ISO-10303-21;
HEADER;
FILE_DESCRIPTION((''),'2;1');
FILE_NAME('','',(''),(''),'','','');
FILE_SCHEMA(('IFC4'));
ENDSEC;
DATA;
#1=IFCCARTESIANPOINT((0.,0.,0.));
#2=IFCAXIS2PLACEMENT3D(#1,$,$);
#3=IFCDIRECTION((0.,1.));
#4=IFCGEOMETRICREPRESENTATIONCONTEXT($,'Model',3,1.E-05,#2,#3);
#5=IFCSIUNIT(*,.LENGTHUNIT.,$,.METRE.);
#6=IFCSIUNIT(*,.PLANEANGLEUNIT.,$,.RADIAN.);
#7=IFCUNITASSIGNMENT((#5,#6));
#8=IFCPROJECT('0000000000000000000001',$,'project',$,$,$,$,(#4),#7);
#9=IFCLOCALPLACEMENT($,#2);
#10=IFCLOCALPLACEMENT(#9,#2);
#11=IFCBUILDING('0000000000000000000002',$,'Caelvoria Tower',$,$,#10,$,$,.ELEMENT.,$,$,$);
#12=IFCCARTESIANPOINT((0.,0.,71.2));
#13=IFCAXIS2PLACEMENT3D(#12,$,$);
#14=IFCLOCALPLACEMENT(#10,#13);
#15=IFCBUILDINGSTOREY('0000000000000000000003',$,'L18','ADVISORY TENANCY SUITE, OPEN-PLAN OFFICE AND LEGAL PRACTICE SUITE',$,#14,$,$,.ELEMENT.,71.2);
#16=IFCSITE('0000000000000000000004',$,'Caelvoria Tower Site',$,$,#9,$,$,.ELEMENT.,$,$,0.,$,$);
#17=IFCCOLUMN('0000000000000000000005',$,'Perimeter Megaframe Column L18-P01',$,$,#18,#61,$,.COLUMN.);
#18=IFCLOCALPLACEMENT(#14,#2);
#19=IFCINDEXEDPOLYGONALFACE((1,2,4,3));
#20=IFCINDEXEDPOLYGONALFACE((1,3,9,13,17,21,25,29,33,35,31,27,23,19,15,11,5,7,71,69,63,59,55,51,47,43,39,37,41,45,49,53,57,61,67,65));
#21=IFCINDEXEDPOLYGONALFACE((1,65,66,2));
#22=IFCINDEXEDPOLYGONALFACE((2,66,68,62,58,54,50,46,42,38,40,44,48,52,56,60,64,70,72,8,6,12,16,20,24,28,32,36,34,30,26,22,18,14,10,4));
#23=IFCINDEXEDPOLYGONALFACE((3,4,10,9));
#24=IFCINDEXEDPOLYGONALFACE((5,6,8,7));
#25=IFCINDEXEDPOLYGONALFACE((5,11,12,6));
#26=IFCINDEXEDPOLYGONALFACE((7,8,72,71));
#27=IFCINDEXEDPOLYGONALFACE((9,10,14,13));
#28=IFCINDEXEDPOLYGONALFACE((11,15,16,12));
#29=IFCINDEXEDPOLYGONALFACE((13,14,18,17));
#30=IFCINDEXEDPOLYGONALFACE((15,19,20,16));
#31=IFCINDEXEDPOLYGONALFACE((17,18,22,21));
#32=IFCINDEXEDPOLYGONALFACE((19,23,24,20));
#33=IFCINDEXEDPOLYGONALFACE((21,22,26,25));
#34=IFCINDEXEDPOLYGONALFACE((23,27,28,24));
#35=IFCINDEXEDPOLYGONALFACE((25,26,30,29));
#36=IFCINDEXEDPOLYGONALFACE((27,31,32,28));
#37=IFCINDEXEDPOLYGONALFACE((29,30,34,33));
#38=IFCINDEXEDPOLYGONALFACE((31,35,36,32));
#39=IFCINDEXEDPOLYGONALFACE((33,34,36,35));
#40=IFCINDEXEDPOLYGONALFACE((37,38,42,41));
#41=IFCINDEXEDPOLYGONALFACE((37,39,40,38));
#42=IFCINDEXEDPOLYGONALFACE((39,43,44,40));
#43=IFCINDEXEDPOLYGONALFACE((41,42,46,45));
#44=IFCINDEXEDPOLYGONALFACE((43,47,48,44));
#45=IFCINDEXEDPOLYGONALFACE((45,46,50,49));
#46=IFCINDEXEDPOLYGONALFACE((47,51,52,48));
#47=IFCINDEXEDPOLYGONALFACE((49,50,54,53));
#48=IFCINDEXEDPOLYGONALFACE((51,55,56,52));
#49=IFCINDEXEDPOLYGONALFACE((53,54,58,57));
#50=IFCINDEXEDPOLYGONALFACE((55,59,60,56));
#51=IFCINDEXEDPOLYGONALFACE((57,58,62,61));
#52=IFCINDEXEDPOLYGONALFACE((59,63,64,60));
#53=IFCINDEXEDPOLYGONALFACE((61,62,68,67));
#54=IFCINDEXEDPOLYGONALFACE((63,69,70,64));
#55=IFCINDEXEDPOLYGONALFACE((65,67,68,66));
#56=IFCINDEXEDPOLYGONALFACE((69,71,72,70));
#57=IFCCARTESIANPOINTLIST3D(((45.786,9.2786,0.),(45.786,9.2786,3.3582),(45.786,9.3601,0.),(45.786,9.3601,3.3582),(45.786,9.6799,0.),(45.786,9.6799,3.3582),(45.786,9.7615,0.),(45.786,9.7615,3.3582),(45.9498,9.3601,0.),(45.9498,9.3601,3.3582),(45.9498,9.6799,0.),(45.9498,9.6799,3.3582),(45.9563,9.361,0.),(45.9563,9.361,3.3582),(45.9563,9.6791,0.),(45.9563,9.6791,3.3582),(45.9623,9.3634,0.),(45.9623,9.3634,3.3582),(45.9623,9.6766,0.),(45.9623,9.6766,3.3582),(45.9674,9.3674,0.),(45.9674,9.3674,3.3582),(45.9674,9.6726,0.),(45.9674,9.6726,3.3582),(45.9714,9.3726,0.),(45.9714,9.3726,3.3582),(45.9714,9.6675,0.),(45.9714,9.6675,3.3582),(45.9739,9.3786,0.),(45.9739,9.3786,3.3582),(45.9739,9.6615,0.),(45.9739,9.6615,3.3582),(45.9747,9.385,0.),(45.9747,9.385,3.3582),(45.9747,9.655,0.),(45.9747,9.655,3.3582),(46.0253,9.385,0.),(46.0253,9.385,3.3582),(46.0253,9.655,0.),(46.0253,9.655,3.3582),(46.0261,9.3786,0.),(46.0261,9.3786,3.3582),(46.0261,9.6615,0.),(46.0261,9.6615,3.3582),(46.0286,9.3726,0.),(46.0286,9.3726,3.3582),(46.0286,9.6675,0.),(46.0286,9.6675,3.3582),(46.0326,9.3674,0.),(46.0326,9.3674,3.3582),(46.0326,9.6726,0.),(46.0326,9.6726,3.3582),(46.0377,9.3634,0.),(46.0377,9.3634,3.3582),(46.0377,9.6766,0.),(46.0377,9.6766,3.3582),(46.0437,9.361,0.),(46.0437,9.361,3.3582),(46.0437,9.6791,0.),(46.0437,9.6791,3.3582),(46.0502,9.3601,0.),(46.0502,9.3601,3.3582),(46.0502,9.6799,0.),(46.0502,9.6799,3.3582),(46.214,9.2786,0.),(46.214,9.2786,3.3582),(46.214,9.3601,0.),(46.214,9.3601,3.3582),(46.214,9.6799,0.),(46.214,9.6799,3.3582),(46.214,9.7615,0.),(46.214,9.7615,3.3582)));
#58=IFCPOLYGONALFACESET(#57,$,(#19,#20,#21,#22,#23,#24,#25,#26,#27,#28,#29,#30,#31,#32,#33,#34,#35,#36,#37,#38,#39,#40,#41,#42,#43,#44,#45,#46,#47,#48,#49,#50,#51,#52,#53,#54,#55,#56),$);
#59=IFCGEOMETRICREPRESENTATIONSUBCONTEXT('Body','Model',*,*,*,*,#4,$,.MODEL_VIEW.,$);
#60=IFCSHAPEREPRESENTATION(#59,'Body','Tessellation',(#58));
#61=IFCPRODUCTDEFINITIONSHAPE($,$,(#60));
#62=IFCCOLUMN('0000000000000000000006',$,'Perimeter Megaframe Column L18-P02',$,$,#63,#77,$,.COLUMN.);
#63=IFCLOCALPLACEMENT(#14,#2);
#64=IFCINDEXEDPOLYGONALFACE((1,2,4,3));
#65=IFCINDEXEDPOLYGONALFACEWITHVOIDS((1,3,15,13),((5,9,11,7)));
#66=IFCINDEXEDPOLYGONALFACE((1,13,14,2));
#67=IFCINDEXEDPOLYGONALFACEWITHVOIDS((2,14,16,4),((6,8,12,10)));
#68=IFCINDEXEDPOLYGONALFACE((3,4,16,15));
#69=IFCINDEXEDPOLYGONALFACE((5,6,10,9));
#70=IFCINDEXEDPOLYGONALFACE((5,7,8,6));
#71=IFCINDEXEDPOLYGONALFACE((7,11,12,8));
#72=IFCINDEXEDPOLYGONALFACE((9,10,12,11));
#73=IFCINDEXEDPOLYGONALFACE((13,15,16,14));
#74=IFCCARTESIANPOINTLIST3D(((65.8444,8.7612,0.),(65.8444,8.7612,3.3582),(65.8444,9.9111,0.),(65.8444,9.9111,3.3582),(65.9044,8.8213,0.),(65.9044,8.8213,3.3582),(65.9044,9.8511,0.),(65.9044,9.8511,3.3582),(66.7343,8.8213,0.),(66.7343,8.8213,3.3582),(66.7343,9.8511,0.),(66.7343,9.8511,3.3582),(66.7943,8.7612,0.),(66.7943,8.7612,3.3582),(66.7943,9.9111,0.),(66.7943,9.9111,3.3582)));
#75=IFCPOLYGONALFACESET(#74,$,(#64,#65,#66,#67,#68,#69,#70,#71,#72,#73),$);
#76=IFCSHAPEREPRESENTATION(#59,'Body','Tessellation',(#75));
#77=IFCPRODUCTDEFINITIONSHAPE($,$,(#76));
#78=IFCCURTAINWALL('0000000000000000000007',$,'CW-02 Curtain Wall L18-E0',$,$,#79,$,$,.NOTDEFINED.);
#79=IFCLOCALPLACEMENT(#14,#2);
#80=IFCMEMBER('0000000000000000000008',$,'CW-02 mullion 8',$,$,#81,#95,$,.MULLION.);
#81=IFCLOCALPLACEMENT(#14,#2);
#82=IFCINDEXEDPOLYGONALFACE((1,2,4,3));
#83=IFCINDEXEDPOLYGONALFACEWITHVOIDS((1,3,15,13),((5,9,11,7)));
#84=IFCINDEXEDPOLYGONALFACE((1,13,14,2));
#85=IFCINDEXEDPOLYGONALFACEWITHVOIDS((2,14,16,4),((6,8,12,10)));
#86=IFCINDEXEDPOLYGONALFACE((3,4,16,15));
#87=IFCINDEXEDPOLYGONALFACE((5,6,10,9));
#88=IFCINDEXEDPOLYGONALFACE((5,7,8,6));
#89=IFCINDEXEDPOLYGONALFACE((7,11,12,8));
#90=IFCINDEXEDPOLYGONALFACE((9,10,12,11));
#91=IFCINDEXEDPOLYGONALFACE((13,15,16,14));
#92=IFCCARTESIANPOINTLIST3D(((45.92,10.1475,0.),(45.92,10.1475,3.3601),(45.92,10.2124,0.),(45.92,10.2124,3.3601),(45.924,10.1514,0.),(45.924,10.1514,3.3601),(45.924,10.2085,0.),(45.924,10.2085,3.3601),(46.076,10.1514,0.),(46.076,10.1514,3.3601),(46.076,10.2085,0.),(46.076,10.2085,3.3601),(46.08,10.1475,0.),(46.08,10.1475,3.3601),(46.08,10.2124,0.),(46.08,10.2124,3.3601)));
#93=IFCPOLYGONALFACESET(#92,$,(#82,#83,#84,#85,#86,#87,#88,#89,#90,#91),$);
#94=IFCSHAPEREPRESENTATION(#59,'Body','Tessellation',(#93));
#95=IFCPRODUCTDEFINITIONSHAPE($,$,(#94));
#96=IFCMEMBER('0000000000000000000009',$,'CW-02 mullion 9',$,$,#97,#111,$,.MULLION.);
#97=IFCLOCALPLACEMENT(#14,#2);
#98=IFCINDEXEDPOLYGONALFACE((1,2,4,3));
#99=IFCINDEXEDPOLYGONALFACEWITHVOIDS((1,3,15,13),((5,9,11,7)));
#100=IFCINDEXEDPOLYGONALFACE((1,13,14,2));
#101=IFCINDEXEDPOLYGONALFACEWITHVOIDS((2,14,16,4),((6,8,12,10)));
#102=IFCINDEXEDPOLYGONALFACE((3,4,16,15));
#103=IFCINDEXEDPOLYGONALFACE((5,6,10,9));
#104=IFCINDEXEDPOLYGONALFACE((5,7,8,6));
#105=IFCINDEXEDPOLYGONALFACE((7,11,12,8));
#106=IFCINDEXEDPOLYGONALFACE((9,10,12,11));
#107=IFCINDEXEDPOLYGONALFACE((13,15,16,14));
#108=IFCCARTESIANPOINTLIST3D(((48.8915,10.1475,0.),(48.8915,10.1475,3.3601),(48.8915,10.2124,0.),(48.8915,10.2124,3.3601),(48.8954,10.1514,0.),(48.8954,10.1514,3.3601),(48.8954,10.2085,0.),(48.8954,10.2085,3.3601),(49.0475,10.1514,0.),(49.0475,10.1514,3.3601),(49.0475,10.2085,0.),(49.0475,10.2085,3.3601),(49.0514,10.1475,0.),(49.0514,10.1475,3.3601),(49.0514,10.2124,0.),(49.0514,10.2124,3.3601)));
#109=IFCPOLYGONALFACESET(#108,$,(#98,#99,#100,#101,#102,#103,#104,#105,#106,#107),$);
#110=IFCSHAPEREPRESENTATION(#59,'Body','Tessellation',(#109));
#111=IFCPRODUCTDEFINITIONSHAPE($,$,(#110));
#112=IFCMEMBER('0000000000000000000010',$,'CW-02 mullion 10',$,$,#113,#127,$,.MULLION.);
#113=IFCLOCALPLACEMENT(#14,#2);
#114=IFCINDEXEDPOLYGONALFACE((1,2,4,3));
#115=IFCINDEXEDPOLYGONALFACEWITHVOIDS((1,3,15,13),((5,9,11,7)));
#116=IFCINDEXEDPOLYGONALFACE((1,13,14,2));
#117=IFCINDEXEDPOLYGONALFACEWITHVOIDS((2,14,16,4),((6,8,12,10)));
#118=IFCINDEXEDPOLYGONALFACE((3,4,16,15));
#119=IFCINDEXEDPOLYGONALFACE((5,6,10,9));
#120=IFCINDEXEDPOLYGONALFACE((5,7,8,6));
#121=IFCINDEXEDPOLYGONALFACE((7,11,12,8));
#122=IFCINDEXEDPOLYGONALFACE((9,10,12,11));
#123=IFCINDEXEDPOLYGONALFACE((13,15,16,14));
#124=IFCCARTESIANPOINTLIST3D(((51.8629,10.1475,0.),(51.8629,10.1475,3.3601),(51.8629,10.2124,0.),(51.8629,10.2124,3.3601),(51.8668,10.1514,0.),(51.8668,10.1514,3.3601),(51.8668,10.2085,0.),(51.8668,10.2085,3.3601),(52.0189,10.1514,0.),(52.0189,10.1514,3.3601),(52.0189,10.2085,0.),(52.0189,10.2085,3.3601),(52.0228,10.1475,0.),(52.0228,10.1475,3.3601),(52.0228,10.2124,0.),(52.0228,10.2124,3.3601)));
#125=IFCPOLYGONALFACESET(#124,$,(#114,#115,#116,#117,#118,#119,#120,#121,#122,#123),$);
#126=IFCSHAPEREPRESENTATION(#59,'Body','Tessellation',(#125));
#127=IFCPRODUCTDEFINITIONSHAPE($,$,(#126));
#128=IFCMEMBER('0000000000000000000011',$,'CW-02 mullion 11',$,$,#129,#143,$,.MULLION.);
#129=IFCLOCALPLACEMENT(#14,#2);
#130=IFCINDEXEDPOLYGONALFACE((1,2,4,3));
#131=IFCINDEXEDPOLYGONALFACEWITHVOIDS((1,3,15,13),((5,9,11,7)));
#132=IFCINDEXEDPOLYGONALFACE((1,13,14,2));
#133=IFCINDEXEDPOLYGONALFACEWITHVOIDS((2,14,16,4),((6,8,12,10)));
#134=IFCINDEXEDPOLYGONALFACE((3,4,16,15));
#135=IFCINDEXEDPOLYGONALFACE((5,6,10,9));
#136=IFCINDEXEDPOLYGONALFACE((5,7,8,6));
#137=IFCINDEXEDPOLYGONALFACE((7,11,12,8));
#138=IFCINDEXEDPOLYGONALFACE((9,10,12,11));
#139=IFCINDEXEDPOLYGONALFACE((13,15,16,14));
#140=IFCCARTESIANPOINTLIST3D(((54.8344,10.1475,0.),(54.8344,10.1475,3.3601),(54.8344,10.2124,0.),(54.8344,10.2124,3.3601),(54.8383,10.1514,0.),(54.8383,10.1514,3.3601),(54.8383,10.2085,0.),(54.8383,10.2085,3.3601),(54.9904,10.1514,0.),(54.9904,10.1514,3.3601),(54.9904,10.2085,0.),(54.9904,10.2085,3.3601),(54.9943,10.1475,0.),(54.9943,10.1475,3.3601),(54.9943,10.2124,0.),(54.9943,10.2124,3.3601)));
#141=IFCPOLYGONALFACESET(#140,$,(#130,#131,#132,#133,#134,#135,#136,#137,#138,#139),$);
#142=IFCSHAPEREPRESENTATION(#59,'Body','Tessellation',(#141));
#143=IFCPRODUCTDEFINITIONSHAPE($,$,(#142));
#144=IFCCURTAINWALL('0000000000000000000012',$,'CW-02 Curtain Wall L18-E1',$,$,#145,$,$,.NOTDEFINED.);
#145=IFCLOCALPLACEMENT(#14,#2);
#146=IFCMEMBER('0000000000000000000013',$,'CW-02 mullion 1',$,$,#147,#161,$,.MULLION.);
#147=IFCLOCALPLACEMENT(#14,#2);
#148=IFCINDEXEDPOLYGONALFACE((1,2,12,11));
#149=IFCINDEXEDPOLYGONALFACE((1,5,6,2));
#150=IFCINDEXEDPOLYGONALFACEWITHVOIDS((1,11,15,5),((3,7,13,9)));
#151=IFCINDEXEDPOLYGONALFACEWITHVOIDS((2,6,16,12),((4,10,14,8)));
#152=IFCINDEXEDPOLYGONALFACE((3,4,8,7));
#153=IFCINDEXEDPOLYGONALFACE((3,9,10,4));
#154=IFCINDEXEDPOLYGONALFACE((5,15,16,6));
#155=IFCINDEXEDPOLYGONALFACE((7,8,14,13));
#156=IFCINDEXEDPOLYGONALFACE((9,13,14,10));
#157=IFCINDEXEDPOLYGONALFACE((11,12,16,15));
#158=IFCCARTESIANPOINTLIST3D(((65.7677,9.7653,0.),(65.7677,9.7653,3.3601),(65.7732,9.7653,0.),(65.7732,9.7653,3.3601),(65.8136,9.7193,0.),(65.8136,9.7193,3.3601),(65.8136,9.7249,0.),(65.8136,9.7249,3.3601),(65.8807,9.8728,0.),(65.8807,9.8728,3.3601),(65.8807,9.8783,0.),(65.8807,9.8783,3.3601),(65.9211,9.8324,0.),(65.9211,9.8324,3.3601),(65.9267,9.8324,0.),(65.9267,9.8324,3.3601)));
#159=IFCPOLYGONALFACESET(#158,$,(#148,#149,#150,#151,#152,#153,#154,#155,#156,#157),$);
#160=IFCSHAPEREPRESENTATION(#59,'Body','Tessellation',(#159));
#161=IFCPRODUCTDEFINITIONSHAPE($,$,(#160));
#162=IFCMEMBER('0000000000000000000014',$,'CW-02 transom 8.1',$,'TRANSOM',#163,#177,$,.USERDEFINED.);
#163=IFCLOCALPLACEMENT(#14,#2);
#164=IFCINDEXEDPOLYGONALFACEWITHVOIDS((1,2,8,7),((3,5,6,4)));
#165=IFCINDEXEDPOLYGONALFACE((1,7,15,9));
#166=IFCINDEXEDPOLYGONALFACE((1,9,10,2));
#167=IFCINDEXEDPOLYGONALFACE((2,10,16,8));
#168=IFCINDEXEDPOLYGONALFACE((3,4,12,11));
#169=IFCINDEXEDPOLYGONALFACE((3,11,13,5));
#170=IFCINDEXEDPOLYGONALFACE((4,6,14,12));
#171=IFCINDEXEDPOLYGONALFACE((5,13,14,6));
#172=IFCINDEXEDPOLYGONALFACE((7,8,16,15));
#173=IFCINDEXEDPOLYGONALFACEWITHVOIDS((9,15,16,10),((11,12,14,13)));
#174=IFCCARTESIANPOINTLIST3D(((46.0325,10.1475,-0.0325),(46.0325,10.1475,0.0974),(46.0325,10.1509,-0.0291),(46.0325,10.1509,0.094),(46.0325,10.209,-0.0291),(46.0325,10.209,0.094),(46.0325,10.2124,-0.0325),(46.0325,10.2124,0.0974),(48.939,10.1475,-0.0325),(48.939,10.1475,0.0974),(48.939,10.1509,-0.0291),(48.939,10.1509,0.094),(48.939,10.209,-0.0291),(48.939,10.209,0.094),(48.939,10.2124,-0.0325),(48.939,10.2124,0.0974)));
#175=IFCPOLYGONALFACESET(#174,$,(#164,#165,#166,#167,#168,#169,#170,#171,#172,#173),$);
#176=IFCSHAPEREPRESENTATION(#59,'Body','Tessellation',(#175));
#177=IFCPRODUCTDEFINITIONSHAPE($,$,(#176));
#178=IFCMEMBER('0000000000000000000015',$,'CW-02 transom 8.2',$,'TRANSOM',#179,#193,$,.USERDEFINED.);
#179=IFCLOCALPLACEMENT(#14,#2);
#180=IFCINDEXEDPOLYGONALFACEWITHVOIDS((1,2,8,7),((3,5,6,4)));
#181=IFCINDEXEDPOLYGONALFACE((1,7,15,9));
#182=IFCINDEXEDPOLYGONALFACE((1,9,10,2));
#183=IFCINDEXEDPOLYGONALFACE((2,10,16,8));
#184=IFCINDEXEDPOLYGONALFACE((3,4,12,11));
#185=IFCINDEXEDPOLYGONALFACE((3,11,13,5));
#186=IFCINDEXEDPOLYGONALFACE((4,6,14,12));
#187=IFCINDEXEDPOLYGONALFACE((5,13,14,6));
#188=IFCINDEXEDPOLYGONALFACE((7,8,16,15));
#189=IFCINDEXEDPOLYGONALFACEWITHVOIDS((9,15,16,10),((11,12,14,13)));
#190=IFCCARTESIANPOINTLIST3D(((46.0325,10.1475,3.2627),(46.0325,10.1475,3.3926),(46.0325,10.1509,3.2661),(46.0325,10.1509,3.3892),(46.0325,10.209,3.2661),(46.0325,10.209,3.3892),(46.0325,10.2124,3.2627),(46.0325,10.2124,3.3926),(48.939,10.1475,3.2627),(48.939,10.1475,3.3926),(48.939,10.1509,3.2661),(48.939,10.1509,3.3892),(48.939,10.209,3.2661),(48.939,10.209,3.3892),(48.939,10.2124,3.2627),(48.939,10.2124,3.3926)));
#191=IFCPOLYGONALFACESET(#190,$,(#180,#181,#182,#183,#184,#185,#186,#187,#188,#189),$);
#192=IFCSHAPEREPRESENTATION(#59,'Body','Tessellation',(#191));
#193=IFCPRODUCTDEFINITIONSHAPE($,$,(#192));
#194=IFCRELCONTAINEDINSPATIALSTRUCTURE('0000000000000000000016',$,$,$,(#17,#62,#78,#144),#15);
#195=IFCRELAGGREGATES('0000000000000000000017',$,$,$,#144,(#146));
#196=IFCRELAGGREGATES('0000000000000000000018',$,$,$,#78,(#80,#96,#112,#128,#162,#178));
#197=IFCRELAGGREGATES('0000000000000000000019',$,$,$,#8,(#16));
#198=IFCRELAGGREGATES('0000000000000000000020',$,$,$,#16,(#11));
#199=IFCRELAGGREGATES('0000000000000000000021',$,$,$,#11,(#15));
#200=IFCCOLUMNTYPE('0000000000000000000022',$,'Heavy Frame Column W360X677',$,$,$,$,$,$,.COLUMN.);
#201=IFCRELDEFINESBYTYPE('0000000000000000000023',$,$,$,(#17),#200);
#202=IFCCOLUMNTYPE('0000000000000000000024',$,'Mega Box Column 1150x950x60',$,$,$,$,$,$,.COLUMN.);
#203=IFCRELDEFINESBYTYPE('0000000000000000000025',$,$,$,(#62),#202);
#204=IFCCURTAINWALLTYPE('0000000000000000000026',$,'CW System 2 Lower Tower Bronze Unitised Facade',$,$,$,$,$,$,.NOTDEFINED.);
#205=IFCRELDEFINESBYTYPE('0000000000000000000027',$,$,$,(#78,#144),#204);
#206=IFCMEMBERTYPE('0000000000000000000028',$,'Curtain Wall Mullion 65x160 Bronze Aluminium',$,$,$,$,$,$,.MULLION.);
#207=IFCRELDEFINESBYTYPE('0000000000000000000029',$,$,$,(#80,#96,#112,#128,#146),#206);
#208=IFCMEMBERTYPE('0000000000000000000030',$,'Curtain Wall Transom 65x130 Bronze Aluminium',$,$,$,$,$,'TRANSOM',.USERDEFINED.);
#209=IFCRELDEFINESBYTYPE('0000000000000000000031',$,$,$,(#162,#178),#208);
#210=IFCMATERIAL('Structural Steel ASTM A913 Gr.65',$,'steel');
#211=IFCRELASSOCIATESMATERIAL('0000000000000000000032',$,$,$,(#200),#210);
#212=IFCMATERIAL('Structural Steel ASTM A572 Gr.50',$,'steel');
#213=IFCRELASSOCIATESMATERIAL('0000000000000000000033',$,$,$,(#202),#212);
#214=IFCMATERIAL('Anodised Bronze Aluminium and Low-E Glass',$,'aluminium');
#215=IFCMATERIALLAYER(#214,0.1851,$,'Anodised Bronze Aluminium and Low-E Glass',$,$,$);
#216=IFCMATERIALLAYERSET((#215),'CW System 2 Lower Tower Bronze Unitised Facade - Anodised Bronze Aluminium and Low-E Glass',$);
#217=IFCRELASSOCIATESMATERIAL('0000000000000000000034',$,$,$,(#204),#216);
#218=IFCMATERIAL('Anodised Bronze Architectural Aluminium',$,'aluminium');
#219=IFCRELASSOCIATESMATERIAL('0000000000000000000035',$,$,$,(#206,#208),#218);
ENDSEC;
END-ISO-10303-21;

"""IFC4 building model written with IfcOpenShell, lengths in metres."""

from ifc_helpers import new_model, si_unit, direction, frame, origin, origin_2d, place, context, subcontext, project, spatial, hollow_rectangle, i_section, extrude, material, layer, layer_set, material_profile, profile_set, type_object, element, aggregate, save


model = new_model("IFC4")

# Units and contexts
model_context = context("Model", 3, precision=1e-05, world=origin(), true_north=direction((0.0, 1.0)))
body_context = subcontext(model_context, "Body", "Model", "MODEL_VIEW")
ifc_project = project(units=[si_unit("LENGTHUNIT", "METRE"), si_unit("PLANEANGLEUNIT", "RADIAN")], contexts=[model_context])

# Site, building, storey
site_placement = place(None, origin())
site = spatial("IfcSite", under=ifc_project, at=site_placement, Name="Caelvoria Tower Site", CompositionType="ELEMENT", RefElevation=0.0)
building_placement = place(site_placement, origin())
building = spatial("IfcBuilding", under=site, at=building_placement, Name="Caelvoria Tower", CompositionType="ELEMENT")
storey_placement = place(building_placement, frame((0.0, 0.0, 71.2)))
storey = spatial("IfcBuildingStorey", under=building, at=storey_placement, Name="L18", Description="ADVISORY TENANCY SUITE, OPEN-PLAN OFFICE AND LEGAL PRACTICE SUITE", CompositionType="ELEMENT", Elevation=71.2)

# Columns
ifc_material_1 = material(Name="Structural Steel ASTM A913 Gr.65", Category="steel")
ifc_material_profile_1 = material_profile(ifc_material_1, i_section(OverallWidth=0.428, OverallDepth=0.4829, WebThickness=0.0505, FlangeThickness=0.0815, FilletRadius=0.0249, at=origin_2d()), Name="Structural Steel ASTM A913 Gr.65")
ifc_profile_set_1 = profile_set([ifc_material_profile_1], Name="W360X677 - Structural Steel ASTM A913 Gr.65")
column_type_1 = type_object("IfcColumnType", Name="Heavy Frame Column W360X677", PredefinedType="COLUMN", material=ifc_profile_set_1)
column_1_placement = place(storey_placement, frame((46.0, 9.52, 0.0), z_axis=(0.0, 0.0, 1.0), x_axis=(1.0, 0.0, 0.0)))
element("IfcColumn", 1, at=column_1_placement, inside=storey, type_object=column_type_1, Name="Perimeter Megaframe Column L18-P01", PredefinedType="COLUMN", context=body_context, shape_type="SweptSolid", body=[
    extrude(i_section(OverallWidth=0.428, OverallDepth=0.4829, WebThickness=0.0505, FlangeThickness=0.0815, FilletRadius=0.0249, at=origin_2d()), origin(), (0.0, 0.0, 1.0), 3.3582),
])
ifc_material_2 = material(Name="Structural Steel ASTM A572 Gr.50", Category="steel")
ifc_material_profile_2 = material_profile(ifc_material_2, hollow_rectangle(XDim=0.95, YDim=1.1499, WallThickness=0.0601, at=origin_2d()), Name="Structural Steel ASTM A572 Gr.50")
ifc_profile_set_2 = profile_set([ifc_material_profile_2], Name="BOX1150X950X60 - Structural Steel ASTM A572 Gr.50")
column_type_2 = type_object("IfcColumnType", Name="Mega Box Column 1150x950x60", PredefinedType="COLUMN", material=ifc_profile_set_2)
column_2_placement = place(storey_placement, frame((66.3193, 9.3362, 0.0), z_axis=(0.0, 0.0, 1.0), x_axis=(1.0, 0.0, 0.0)))
element("IfcColumn", 2, at=column_2_placement, inside=storey, type_object=column_type_2, Name="Perimeter Megaframe Column L18-P02", PredefinedType="COLUMN", context=body_context, shape_type="SweptSolid", body=[
    extrude(hollow_rectangle(XDim=0.95, YDim=1.1499, WallThickness=0.0601, at=origin_2d()), origin(), (0.0, 0.0, 1.0), 3.3582),
])

# Curtain wall, members
ifc_material_3 = material(Name="Anodised Bronze Aluminium and Low-E Glass", Category="aluminium")
ifc_layer_1 = layer(ifc_material_3, 0.1851, Name="Anodised Bronze Aluminium and Low-E Glass")
ifc_layer_set_1 = layer_set([ifc_layer_1], Name="CW System 2 Lower Tower Bronze Unitised Facade - Anodised Bronze Aluminium and Low-E Glass")
curtain_wall_type = type_object("IfcCurtainWallType", Name="CW System 2 Lower Tower Bronze Unitised Facade", PredefinedType="NOTDEFINED", material=ifc_layer_set_1)
curtain_wall_1_placement = place(storey_placement, origin())
curtain_wall_1 = element("IfcCurtainWall", 3, at=curtain_wall_1_placement, inside=storey, type_object=curtain_wall_type, Name="CW-02 Curtain Wall L18-E0", PredefinedType="NOTDEFINED")
ifc_material_4 = material(Name="Anodised Bronze Architectural Aluminium", Category="aluminium")
ifc_material_profile_3 = material_profile(ifc_material_4, hollow_rectangle(XDim=0.0649, YDim=0.1599, WallThickness=0.0039, at=origin_2d()), Name="Anodised Bronze Architectural Aluminium")
ifc_profile_set_3 = profile_set([ifc_material_profile_3], Name="CW_MULL_65X160 - Anodised Bronze Architectural Aluminium")
member_type_1 = type_object("IfcMemberType", Name="Curtain Wall Mullion 65x160 Bronze Aluminium", PredefinedType="MULLION", material=ifc_profile_set_3)
member_1_placement = place(storey_placement, frame((46.0, 10.1799, 0.0), z_axis=(0.0, 0.0, 1.0), x_axis=(0.0, 1.0, 0.0)))
member_1 = element("IfcMember", 4, at=member_1_placement, type_object=member_type_1, Name="CW-02 mullion 8", PredefinedType="MULLION", context=body_context, shape_type="SweptSolid", body=[
    extrude(hollow_rectangle(XDim=0.0649, YDim=0.1599, WallThickness=0.0039, at=origin_2d()), origin(), (0.0, 0.0, 1.0), 3.3601),
])
member_2_placement = place(storey_placement, frame((48.9714, 10.1799, 0.0), z_axis=(0.0, 0.0, 1.0), x_axis=(0.0, 1.0, 0.0)))
member_2 = element("IfcMember", 5, at=member_2_placement, type_object=member_type_1, Name="CW-02 mullion 9", PredefinedType="MULLION", context=body_context, shape_type="SweptSolid", body=[
    extrude(hollow_rectangle(XDim=0.0649, YDim=0.1599, WallThickness=0.0039, at=origin_2d()), origin(), (0.0, 0.0, 1.0), 3.3601),
])
member_3_placement = place(storey_placement, frame((51.9429, 10.1799, 0.0), z_axis=(0.0, 0.0, 1.0), x_axis=(0.0, 1.0, 0.0)))
member_3 = element("IfcMember", 6, at=member_3_placement, type_object=member_type_1, Name="CW-02 mullion 10", PredefinedType="MULLION", context=body_context, shape_type="SweptSolid", body=[
    extrude(hollow_rectangle(XDim=0.0649, YDim=0.1599, WallThickness=0.0039, at=origin_2d()), origin(), (0.0, 0.0, 1.0), 3.3601),
])
member_4_placement = place(storey_placement, frame((54.9143, 10.1799, 0.0), z_axis=(0.0, 0.0, 1.0), x_axis=(0.0, 1.0, 0.0)))
member_4 = element("IfcMember", 7, at=member_4_placement, type_object=member_type_1, Name="CW-02 mullion 11", PredefinedType="MULLION", context=body_context, shape_type="SweptSolid", body=[
    extrude(hollow_rectangle(XDim=0.0649, YDim=0.1599, WallThickness=0.0039, at=origin_2d()), origin(), (0.0, 0.0, 1.0), 3.3601),
])

# Curtain wall, member
curtain_wall_2_placement = place(storey_placement, origin())
curtain_wall_2 = element("IfcCurtainWall", 8, at=curtain_wall_2_placement, inside=storey, type_object=curtain_wall_type, Name="CW-02 Curtain Wall L18-E1", PredefinedType="NOTDEFINED")
member_5_placement = place(storey_placement, frame((65.8472, 9.7988, 0.0), z_axis=(0.0, 0.0, 1.0), x_axis=(-0.707107, 0.707107, 0.0)))
member_5 = element("IfcMember", 9, at=member_5_placement, type_object=member_type_1, Name="CW-02 mullion 1", PredefinedType="MULLION", context=body_context, shape_type="SweptSolid", body=[
    extrude(hollow_rectangle(XDim=0.0649, YDim=0.1599, WallThickness=0.0039, at=origin_2d()), origin(), (0.0, 0.0, 1.0), 3.3601),
])

# Members
ifc_material_profile_4 = material_profile(ifc_material_4, hollow_rectangle(XDim=0.0649, YDim=0.1299, WallThickness=0.0034, at=origin_2d()), Name="Anodised Bronze Architectural Aluminium")
ifc_profile_set_4 = profile_set([ifc_material_profile_4], Name="CW_TRAN_65X130 - Anodised Bronze Architectural Aluminium")
member_type_2 = type_object("IfcMemberType", Name="Curtain Wall Transom 65x130 Bronze Aluminium", ElementType="TRANSOM", PredefinedType="USERDEFINED", material=ifc_profile_set_4)
member_6_placement = place(storey_placement, frame((46.0325, 10.1799, 0.0325), z_axis=(1.0, 0.0, 0.0), x_axis=(0.0, 1.0, 0.0)))
member_6 = element("IfcMember", 10, at=member_6_placement, type_object=member_type_2, Name="CW-02 transom 8.1", ObjectType="TRANSOM", PredefinedType="USERDEFINED", context=body_context, shape_type="SweptSolid", body=[
    extrude(hollow_rectangle(XDim=0.0649, YDim=0.1299, WallThickness=0.0034, at=origin_2d()), origin(), (0.0, 0.0, 1.0), 2.9065),
])
member_7_placement = place(storey_placement, frame((46.0325, 10.1799, 3.3276), z_axis=(1.0, 0.0, 0.0), x_axis=(0.0, 1.0, 0.0)))
member_7 = element("IfcMember", 11, at=member_7_placement, type_object=member_type_2, Name="CW-02 transom 8.2", ObjectType="TRANSOM", PredefinedType="USERDEFINED", context=body_context, shape_type="SweptSolid", body=[
    extrude(hollow_rectangle(XDim=0.0649, YDim=0.1299, WallThickness=0.0034, at=origin_2d()), origin(), (0.0, 0.0, 1.0), 2.9065),
])
aggregate(curtain_wall_2, [member_5])

aggregate(curtain_wall_1, [member_1, member_2, member_3, member_4, member_6, member_7])

save(model, "model.ifc")
